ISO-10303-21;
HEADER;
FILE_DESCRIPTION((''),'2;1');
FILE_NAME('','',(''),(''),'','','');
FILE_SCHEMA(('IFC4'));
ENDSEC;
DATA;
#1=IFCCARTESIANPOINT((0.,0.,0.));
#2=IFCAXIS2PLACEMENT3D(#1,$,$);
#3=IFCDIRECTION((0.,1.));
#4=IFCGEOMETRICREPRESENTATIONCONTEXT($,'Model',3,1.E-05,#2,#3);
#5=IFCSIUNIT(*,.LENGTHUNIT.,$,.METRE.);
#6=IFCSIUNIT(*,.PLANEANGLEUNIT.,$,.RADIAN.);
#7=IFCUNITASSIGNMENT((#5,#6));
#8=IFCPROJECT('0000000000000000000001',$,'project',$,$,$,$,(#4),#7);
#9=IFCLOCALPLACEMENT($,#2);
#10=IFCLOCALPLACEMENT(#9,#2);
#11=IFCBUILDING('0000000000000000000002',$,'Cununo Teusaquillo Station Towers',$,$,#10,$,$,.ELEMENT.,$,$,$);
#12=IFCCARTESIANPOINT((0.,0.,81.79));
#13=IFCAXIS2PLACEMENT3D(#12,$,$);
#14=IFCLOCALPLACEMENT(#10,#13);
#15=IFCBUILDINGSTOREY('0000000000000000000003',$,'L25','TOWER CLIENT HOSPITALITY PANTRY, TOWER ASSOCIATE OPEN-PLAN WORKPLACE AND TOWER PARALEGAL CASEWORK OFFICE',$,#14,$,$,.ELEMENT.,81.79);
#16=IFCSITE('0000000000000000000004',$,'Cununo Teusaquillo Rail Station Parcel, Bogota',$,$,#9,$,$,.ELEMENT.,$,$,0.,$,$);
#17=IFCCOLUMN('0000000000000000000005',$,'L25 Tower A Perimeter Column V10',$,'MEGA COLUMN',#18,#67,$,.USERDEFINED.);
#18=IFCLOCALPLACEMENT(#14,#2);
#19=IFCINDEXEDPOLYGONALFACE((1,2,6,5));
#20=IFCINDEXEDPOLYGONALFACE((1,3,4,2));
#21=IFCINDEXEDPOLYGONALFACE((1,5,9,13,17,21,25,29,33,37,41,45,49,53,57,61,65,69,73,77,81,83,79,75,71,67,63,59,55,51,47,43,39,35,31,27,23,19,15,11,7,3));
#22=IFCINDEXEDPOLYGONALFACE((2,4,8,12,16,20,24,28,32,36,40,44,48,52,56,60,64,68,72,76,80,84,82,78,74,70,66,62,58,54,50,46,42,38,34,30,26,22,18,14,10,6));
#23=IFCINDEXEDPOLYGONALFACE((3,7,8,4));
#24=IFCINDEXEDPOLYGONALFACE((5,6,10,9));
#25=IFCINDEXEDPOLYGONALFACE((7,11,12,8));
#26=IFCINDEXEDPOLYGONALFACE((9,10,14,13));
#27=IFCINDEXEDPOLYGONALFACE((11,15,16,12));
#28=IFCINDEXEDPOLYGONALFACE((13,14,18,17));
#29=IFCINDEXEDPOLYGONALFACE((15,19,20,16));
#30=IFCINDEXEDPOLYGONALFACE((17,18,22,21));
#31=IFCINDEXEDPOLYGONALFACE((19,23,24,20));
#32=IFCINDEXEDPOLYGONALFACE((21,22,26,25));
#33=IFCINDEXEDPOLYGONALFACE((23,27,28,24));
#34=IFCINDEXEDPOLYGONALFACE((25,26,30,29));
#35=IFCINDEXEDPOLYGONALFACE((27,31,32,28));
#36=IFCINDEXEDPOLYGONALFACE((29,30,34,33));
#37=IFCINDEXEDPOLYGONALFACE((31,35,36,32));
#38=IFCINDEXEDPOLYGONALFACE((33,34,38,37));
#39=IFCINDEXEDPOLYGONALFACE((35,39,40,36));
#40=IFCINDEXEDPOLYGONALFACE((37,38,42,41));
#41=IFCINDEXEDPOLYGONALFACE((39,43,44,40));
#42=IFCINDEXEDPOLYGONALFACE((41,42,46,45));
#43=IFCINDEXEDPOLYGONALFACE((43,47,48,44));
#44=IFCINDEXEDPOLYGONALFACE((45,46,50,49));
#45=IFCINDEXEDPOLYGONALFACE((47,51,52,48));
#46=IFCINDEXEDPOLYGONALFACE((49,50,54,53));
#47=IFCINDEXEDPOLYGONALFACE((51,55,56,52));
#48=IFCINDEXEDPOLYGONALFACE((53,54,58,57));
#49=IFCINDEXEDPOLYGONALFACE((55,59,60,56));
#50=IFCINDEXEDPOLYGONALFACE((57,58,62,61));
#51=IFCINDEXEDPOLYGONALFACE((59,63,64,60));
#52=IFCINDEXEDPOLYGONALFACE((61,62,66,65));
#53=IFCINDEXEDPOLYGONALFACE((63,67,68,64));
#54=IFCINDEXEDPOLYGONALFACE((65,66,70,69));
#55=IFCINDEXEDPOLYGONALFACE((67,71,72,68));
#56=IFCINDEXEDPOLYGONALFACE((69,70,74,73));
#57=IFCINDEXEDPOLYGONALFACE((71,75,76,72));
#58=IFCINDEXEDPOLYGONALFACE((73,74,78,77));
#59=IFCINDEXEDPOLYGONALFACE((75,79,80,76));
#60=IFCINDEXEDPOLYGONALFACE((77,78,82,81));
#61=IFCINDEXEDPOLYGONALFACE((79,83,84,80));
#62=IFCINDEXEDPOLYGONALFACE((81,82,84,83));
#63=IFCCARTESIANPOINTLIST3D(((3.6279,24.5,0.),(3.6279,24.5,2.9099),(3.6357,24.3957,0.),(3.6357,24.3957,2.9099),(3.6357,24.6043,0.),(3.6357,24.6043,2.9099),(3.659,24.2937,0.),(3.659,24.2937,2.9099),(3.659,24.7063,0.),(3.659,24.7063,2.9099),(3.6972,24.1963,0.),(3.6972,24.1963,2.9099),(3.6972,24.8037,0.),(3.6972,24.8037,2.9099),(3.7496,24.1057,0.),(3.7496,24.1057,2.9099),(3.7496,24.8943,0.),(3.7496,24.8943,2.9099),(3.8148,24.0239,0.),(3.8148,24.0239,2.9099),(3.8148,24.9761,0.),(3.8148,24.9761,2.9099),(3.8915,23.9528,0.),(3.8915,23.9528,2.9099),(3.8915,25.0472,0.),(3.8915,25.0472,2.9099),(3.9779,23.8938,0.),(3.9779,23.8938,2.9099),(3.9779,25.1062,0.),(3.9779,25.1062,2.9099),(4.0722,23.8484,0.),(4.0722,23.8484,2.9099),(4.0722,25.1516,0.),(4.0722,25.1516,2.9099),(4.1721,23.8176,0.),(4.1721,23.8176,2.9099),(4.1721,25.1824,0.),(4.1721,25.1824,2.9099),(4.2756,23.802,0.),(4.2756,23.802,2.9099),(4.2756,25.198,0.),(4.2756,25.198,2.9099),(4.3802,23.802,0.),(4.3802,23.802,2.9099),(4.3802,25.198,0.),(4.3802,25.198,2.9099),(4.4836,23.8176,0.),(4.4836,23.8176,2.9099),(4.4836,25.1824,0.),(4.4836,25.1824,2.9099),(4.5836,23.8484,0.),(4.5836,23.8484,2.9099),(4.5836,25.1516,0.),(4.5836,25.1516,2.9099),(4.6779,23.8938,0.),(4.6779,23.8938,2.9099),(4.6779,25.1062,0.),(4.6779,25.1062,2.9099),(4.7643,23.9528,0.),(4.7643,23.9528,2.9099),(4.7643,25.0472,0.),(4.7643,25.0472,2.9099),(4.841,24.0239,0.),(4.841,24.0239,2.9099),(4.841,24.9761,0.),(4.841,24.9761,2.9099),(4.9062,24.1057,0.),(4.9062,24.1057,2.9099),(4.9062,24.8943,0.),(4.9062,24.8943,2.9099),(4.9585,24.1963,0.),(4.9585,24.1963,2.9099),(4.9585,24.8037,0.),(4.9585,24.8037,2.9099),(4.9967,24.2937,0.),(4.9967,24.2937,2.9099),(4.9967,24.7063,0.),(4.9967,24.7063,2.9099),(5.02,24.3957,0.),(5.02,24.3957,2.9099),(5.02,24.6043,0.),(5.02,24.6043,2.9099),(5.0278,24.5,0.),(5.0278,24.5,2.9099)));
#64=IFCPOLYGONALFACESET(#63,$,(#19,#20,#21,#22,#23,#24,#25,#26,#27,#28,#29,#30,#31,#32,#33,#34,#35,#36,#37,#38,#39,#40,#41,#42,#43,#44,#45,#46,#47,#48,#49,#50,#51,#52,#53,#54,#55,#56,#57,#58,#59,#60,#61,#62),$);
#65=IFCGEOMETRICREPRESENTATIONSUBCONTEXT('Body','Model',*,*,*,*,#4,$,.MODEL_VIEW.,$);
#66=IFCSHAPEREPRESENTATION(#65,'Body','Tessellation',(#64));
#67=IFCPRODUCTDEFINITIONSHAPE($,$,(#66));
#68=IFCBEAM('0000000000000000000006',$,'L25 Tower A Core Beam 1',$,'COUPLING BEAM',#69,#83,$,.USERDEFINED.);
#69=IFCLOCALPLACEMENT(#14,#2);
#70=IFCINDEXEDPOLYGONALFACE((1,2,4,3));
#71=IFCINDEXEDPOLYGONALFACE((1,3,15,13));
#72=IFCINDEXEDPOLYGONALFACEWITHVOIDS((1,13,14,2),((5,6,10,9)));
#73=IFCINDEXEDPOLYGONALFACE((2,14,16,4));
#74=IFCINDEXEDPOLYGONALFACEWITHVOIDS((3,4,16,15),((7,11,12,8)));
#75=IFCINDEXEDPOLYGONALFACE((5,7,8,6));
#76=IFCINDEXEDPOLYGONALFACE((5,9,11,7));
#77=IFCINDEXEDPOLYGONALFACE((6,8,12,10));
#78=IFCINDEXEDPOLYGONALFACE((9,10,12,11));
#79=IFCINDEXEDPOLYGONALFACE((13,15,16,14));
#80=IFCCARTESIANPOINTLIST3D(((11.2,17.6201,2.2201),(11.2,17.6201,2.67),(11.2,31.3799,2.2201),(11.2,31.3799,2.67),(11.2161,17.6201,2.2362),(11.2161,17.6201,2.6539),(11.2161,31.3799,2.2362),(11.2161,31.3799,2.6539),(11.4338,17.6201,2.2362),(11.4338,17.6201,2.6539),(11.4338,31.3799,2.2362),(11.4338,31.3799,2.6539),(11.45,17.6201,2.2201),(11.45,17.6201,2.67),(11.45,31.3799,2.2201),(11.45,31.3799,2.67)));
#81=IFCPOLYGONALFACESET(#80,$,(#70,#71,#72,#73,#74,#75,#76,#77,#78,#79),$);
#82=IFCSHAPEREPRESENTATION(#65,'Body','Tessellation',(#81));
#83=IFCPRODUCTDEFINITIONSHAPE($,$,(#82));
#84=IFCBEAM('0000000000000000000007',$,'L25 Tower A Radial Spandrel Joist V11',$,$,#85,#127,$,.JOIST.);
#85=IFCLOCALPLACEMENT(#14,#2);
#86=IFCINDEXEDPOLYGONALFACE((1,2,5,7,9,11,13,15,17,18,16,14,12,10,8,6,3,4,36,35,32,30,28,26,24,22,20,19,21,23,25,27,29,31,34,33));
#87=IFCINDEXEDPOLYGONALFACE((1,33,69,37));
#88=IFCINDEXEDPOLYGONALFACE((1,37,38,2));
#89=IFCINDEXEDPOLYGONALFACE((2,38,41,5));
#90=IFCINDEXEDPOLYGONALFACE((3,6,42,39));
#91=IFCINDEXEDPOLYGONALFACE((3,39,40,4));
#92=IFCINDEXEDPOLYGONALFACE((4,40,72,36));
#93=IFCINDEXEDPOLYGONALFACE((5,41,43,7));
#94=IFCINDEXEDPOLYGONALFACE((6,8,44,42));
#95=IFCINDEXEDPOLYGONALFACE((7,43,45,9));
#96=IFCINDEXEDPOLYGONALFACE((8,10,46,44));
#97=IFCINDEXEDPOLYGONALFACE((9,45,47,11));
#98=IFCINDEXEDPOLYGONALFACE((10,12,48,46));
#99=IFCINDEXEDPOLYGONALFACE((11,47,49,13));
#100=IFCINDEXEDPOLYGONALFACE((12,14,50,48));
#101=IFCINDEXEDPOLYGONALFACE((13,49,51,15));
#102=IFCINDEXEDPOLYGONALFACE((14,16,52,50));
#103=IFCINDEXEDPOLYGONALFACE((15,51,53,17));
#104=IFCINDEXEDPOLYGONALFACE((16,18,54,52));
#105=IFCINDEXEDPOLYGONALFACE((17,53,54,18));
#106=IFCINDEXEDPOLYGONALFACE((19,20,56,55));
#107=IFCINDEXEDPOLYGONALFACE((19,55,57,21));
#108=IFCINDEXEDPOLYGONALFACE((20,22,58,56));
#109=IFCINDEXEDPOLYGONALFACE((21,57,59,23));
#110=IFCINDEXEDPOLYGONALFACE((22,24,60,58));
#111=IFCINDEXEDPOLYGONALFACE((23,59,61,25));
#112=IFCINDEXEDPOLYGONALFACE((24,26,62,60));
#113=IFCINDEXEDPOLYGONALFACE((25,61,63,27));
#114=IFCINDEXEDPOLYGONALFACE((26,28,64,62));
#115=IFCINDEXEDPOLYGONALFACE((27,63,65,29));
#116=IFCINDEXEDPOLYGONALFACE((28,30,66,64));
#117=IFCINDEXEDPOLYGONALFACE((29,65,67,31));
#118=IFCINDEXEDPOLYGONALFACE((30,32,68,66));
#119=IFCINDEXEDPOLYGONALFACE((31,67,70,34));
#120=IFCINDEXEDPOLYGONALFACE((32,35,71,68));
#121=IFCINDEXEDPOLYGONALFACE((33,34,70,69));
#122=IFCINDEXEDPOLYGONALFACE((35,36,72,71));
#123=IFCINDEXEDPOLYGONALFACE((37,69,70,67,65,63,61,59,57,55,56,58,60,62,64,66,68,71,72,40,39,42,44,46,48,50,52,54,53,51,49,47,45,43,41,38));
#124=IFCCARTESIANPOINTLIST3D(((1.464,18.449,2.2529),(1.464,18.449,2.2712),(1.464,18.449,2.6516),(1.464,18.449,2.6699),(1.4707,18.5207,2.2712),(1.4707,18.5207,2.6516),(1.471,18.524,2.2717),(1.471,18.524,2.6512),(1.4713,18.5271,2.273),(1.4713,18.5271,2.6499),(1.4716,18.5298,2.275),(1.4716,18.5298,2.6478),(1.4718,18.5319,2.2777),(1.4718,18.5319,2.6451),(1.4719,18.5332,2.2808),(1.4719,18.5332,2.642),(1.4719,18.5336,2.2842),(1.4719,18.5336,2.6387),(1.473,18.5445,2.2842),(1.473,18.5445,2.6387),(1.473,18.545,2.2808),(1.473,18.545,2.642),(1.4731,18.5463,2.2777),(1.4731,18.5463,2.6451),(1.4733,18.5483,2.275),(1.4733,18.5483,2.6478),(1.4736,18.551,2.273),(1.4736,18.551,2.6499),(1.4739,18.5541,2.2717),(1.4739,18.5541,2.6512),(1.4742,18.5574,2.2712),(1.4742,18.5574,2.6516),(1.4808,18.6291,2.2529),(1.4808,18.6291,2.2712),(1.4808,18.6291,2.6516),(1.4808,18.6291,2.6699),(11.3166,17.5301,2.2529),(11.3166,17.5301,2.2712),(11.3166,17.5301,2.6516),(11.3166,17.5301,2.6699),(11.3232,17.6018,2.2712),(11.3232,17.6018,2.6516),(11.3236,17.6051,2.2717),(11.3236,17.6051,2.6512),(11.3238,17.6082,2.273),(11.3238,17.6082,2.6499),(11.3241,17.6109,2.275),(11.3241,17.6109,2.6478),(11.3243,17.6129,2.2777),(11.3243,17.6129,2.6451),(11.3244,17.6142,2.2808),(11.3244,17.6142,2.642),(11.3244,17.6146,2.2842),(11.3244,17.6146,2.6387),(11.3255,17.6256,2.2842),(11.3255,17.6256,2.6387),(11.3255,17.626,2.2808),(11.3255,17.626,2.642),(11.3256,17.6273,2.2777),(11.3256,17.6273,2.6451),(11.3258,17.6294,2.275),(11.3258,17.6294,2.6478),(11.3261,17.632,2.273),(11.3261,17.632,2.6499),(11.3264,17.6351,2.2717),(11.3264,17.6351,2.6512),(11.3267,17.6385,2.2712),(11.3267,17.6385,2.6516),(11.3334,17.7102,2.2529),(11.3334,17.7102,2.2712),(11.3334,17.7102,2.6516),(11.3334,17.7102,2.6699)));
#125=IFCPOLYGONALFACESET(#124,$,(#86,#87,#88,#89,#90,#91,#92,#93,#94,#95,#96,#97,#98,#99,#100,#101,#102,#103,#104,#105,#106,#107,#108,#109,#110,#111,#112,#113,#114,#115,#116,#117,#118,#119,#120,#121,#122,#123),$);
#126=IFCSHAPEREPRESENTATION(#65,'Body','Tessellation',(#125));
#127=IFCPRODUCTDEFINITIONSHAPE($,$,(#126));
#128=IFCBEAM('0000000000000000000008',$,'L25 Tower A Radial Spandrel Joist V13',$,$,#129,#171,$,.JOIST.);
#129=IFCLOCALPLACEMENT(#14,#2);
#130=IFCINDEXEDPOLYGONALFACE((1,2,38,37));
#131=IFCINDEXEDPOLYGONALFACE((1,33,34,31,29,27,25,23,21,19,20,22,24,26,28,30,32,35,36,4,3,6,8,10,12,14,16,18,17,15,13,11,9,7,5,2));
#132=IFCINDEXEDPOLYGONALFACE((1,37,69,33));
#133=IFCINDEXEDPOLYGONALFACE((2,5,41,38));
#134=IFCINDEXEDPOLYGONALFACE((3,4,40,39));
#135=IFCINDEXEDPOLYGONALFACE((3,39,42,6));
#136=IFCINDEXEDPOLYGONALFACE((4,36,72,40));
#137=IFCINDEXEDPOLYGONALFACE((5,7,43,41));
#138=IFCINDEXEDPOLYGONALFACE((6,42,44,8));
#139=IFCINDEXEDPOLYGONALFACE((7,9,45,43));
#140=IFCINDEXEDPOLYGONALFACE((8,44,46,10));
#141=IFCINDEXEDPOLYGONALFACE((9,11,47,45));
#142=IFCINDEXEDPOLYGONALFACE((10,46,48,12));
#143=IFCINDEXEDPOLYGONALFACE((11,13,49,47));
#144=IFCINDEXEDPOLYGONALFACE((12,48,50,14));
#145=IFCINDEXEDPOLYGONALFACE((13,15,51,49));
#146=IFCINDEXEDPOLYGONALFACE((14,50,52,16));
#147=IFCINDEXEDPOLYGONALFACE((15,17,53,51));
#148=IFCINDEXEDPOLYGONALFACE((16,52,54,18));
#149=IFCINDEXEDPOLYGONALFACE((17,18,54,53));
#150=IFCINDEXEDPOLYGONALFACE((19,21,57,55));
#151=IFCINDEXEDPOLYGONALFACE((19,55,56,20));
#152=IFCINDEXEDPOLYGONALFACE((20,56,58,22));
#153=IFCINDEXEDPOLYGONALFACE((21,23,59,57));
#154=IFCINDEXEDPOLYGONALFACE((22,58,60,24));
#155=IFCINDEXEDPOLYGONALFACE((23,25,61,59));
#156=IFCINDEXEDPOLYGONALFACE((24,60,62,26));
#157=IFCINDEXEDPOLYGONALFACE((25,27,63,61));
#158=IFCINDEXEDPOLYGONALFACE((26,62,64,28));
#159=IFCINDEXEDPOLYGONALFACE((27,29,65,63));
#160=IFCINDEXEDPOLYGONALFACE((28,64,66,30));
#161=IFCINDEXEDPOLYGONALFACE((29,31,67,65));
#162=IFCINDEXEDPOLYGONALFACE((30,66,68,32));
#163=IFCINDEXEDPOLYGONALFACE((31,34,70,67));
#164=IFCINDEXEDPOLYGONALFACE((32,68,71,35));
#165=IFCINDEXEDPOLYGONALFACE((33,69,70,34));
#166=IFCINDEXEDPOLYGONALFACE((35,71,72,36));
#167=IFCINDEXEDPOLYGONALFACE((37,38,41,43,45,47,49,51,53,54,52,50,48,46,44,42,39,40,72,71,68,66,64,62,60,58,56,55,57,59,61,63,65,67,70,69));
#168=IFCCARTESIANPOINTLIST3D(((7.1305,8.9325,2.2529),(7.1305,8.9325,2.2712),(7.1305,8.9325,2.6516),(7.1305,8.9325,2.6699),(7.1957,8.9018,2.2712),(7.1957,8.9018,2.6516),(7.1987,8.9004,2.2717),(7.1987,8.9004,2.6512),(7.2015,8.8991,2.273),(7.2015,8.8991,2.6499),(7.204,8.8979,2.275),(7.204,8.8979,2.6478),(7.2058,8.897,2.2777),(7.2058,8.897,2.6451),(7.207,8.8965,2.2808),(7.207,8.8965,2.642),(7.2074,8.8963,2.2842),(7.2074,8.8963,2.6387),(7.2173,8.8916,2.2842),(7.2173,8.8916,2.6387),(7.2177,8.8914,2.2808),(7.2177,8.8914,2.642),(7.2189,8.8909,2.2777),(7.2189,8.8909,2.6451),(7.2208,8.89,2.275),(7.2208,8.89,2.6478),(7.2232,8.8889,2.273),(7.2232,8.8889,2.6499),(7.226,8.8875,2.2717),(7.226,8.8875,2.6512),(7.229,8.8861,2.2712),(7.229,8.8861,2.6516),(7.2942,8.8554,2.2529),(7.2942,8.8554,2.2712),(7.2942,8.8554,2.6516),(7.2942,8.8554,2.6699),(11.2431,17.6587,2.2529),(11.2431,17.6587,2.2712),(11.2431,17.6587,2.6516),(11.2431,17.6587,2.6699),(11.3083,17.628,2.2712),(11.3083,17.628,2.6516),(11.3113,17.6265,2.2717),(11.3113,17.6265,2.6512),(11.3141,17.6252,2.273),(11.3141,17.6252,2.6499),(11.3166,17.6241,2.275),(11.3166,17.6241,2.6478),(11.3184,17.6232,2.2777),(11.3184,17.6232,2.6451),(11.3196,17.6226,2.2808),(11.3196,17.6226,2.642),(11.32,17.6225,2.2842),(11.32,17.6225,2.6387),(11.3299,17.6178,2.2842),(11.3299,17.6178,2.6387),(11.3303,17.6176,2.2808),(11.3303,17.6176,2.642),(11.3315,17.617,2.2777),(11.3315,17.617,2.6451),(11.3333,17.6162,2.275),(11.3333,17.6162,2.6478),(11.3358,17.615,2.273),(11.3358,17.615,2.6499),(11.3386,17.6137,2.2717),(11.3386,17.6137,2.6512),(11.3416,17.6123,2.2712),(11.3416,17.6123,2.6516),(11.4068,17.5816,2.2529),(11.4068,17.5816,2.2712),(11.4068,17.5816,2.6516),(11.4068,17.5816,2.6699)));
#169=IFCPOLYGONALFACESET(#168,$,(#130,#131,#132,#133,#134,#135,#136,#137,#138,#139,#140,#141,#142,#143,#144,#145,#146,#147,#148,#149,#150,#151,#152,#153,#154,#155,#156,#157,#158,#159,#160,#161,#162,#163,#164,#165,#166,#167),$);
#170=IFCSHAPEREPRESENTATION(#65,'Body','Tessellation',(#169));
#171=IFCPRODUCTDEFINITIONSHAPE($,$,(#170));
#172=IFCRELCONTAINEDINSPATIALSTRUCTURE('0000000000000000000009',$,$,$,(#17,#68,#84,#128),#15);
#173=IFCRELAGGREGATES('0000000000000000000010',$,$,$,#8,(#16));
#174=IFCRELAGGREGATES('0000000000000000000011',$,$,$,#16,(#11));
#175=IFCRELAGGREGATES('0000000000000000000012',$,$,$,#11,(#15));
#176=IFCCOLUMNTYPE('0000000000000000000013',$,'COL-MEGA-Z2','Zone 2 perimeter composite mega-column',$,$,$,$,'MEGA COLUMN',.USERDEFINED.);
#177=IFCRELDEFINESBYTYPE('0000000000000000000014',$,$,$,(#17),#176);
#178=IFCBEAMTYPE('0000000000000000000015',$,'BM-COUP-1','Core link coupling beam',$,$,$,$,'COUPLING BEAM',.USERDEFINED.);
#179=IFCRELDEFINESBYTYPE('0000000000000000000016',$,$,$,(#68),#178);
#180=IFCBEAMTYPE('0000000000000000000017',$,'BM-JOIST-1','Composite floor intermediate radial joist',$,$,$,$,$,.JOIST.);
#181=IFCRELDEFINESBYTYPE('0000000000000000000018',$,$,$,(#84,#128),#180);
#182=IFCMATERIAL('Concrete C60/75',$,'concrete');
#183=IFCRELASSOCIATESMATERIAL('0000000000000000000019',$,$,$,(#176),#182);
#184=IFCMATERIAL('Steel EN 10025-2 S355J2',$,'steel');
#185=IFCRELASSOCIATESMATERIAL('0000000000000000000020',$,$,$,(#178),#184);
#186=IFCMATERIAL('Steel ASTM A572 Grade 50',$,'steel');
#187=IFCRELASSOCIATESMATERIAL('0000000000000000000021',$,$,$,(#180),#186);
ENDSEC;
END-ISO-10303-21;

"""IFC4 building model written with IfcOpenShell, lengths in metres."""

from ifc_helpers import new_model, si_unit, direction, frame, origin, origin_2d, place, context, subcontext, project, spatial, hollow_rectangle, circle, i_section, extrude, material, material_profile, profile_set, type_object, element, save


model = new_model("IFC4")

# Units and contexts
model_context = context("Model", 3, precision=1e-05, world=origin(), true_north=direction((0.0, 1.0)))
body_context = subcontext(model_context, "Body", "Model", "MODEL_VIEW")
ifc_project = project(units=[si_unit("LENGTHUNIT", "METRE"), si_unit("PLANEANGLEUNIT", "RADIAN")], contexts=[model_context])

# Site, building, storey
site_placement = place(None, origin())
site = spatial("IfcSite", under=ifc_project, at=site_placement, Name="Cununo Teusaquillo Rail Station Parcel, Bogota", CompositionType="ELEMENT", RefElevation=0.0)
building_placement = place(site_placement, origin())
building = spatial("IfcBuilding", under=site, at=building_placement, Name="Cununo Teusaquillo Station Towers", CompositionType="ELEMENT")
storey_placement = place(building_placement, frame((0.0, 0.0, 81.79)))
storey = spatial("IfcBuildingStorey", under=building, at=storey_placement, Name="L25", Description="TOWER CLIENT HOSPITALITY PANTRY, TOWER ASSOCIATE OPEN-PLAN WORKPLACE AND TOWER PARALEGAL CASEWORK OFFICE", CompositionType="ELEMENT", Elevation=81.79)

# Column
ifc_material_1 = material(Name="Concrete C60/75", Category="concrete")
ifc_material_profile_1 = material_profile(ifc_material_1, circle(Radius=0.7, at=origin_2d()), Name="RC-CIRC-1400")
ifc_profile_set_1 = profile_set([ifc_material_profile_1], Name="Concrete C60/75")
column_type = type_object("IfcColumnType", Name="COL-MEGA-Z2", Description="Zone 2 perimeter composite mega-column", ElementType="MEGA COLUMN", PredefinedType="USERDEFINED", material=ifc_profile_set_1)
column_placement = place(storey_placement, frame((4.3279, 24.5, 0.0), z_axis=(0.0, 0.0, 1.0), x_axis=(1.0, 0.0, 0.0)))
element("IfcColumn", 1, at=column_placement, inside=storey, type_object=column_type, Name="L25 Tower A Perimeter Column V10", ObjectType="MEGA COLUMN", PredefinedType="USERDEFINED", context=body_context, shape_type="SweptSolid", body=[
    extrude(circle(Radius=0.7, at=origin_2d()), origin(), (0.0, 0.0, 1.0), 2.9099),
])

# Beams
ifc_material_2 = material(Name="Steel EN 10025-2 S355J2", Category="steel")
ifc_material_profile_2 = material_profile(ifc_material_2, hollow_rectangle(XDim=0.25, YDim=0.45, WallThickness=0.0161, at=origin_2d()), Name="RHS 450x250x16")
ifc_profile_set_2 = profile_set([ifc_material_profile_2], Name="Steel EN 10025-2 S355J2")
beam_type_1 = type_object("IfcBeamType", Name="BM-COUP-1", Description="Core link coupling beam", ElementType="COUPLING BEAM", PredefinedType="USERDEFINED", material=ifc_profile_set_2)
beam_1_placement = place(storey_placement, frame((11.325, 17.6201, 2.4451), z_axis=(0.0, 1.0, 0.0), x_axis=(-1.0, 0.0, 0.0)))
element("IfcBeam", 2, at=beam_1_placement, inside=storey, type_object=beam_type_1, Name="L25 Tower A Core Beam 1", ObjectType="COUPLING BEAM", PredefinedType="USERDEFINED", context=body_context, shape_type="SweptSolid", body=[
    extrude(hollow_rectangle(XDim=0.25, YDim=0.45, WallThickness=0.0161, at=origin_2d()), origin(), (0.0, 0.0, 1.0), 13.7598),
])
ifc_material_3 = material(Name="Steel ASTM A572 Grade 50", Category="steel")
ifc_material_profile_3 = material_profile(ifc_material_3, i_section(OverallWidth=0.1809, OverallDepth=0.417, WebThickness=0.011, FlangeThickness=0.0183, FilletRadius=0.0129, at=origin_2d()), Name="W16X57")
ifc_profile_set_3 = profile_set([ifc_material_profile_3], Name="Steel ASTM A572 Grade 50")
beam_type_2 = type_object("IfcBeamType", Name="BM-JOIST-1", Description="Composite floor intermediate radial joist", PredefinedType="JOIST", material=ifc_profile_set_3)
beam_2_placement = place(storey_placement, frame((11.325, 17.6201, 2.4614), z_axis=(-0.995679, 0.092867, 0.0), x_axis=(-0.092867, -0.995679, 0.0)))
element("IfcBeam", 3, at=beam_2_placement, inside=storey, type_object=beam_type_2, Name="L25 Tower A Radial Spandrel Joist V11", PredefinedType="JOIST", context=body_context, shape_type="SweptSolid", body=[
    extrude(i_section(OverallWidth=0.1809, OverallDepth=0.417, WebThickness=0.011, FlangeThickness=0.0183, FilletRadius=0.0129, at=origin_2d()), origin(), (0.0, 0.0, 1.0), 9.8953),
])
beam_3_placement = place(storey_placement, frame((11.325, 17.6201, 2.4614), z_axis=(-0.42632, -0.904572, 0.0), x_axis=(0.904572, -0.42632, 0.0)))
element("IfcBeam", 4, at=beam_3_placement, inside=storey, type_object=beam_type_2, Name="L25 Tower A Radial Spandrel Joist V13", PredefinedType="JOIST", context=body_context, shape_type="SweptSolid", body=[
    extrude(i_section(OverallWidth=0.1809, OverallDepth=0.417, WebThickness=0.011, FlangeThickness=0.0183, FilletRadius=0.0129, at=origin_2d()), origin(), (0.0, 0.0, 1.0), 9.6467),
])

save(model, "model.ifc")
